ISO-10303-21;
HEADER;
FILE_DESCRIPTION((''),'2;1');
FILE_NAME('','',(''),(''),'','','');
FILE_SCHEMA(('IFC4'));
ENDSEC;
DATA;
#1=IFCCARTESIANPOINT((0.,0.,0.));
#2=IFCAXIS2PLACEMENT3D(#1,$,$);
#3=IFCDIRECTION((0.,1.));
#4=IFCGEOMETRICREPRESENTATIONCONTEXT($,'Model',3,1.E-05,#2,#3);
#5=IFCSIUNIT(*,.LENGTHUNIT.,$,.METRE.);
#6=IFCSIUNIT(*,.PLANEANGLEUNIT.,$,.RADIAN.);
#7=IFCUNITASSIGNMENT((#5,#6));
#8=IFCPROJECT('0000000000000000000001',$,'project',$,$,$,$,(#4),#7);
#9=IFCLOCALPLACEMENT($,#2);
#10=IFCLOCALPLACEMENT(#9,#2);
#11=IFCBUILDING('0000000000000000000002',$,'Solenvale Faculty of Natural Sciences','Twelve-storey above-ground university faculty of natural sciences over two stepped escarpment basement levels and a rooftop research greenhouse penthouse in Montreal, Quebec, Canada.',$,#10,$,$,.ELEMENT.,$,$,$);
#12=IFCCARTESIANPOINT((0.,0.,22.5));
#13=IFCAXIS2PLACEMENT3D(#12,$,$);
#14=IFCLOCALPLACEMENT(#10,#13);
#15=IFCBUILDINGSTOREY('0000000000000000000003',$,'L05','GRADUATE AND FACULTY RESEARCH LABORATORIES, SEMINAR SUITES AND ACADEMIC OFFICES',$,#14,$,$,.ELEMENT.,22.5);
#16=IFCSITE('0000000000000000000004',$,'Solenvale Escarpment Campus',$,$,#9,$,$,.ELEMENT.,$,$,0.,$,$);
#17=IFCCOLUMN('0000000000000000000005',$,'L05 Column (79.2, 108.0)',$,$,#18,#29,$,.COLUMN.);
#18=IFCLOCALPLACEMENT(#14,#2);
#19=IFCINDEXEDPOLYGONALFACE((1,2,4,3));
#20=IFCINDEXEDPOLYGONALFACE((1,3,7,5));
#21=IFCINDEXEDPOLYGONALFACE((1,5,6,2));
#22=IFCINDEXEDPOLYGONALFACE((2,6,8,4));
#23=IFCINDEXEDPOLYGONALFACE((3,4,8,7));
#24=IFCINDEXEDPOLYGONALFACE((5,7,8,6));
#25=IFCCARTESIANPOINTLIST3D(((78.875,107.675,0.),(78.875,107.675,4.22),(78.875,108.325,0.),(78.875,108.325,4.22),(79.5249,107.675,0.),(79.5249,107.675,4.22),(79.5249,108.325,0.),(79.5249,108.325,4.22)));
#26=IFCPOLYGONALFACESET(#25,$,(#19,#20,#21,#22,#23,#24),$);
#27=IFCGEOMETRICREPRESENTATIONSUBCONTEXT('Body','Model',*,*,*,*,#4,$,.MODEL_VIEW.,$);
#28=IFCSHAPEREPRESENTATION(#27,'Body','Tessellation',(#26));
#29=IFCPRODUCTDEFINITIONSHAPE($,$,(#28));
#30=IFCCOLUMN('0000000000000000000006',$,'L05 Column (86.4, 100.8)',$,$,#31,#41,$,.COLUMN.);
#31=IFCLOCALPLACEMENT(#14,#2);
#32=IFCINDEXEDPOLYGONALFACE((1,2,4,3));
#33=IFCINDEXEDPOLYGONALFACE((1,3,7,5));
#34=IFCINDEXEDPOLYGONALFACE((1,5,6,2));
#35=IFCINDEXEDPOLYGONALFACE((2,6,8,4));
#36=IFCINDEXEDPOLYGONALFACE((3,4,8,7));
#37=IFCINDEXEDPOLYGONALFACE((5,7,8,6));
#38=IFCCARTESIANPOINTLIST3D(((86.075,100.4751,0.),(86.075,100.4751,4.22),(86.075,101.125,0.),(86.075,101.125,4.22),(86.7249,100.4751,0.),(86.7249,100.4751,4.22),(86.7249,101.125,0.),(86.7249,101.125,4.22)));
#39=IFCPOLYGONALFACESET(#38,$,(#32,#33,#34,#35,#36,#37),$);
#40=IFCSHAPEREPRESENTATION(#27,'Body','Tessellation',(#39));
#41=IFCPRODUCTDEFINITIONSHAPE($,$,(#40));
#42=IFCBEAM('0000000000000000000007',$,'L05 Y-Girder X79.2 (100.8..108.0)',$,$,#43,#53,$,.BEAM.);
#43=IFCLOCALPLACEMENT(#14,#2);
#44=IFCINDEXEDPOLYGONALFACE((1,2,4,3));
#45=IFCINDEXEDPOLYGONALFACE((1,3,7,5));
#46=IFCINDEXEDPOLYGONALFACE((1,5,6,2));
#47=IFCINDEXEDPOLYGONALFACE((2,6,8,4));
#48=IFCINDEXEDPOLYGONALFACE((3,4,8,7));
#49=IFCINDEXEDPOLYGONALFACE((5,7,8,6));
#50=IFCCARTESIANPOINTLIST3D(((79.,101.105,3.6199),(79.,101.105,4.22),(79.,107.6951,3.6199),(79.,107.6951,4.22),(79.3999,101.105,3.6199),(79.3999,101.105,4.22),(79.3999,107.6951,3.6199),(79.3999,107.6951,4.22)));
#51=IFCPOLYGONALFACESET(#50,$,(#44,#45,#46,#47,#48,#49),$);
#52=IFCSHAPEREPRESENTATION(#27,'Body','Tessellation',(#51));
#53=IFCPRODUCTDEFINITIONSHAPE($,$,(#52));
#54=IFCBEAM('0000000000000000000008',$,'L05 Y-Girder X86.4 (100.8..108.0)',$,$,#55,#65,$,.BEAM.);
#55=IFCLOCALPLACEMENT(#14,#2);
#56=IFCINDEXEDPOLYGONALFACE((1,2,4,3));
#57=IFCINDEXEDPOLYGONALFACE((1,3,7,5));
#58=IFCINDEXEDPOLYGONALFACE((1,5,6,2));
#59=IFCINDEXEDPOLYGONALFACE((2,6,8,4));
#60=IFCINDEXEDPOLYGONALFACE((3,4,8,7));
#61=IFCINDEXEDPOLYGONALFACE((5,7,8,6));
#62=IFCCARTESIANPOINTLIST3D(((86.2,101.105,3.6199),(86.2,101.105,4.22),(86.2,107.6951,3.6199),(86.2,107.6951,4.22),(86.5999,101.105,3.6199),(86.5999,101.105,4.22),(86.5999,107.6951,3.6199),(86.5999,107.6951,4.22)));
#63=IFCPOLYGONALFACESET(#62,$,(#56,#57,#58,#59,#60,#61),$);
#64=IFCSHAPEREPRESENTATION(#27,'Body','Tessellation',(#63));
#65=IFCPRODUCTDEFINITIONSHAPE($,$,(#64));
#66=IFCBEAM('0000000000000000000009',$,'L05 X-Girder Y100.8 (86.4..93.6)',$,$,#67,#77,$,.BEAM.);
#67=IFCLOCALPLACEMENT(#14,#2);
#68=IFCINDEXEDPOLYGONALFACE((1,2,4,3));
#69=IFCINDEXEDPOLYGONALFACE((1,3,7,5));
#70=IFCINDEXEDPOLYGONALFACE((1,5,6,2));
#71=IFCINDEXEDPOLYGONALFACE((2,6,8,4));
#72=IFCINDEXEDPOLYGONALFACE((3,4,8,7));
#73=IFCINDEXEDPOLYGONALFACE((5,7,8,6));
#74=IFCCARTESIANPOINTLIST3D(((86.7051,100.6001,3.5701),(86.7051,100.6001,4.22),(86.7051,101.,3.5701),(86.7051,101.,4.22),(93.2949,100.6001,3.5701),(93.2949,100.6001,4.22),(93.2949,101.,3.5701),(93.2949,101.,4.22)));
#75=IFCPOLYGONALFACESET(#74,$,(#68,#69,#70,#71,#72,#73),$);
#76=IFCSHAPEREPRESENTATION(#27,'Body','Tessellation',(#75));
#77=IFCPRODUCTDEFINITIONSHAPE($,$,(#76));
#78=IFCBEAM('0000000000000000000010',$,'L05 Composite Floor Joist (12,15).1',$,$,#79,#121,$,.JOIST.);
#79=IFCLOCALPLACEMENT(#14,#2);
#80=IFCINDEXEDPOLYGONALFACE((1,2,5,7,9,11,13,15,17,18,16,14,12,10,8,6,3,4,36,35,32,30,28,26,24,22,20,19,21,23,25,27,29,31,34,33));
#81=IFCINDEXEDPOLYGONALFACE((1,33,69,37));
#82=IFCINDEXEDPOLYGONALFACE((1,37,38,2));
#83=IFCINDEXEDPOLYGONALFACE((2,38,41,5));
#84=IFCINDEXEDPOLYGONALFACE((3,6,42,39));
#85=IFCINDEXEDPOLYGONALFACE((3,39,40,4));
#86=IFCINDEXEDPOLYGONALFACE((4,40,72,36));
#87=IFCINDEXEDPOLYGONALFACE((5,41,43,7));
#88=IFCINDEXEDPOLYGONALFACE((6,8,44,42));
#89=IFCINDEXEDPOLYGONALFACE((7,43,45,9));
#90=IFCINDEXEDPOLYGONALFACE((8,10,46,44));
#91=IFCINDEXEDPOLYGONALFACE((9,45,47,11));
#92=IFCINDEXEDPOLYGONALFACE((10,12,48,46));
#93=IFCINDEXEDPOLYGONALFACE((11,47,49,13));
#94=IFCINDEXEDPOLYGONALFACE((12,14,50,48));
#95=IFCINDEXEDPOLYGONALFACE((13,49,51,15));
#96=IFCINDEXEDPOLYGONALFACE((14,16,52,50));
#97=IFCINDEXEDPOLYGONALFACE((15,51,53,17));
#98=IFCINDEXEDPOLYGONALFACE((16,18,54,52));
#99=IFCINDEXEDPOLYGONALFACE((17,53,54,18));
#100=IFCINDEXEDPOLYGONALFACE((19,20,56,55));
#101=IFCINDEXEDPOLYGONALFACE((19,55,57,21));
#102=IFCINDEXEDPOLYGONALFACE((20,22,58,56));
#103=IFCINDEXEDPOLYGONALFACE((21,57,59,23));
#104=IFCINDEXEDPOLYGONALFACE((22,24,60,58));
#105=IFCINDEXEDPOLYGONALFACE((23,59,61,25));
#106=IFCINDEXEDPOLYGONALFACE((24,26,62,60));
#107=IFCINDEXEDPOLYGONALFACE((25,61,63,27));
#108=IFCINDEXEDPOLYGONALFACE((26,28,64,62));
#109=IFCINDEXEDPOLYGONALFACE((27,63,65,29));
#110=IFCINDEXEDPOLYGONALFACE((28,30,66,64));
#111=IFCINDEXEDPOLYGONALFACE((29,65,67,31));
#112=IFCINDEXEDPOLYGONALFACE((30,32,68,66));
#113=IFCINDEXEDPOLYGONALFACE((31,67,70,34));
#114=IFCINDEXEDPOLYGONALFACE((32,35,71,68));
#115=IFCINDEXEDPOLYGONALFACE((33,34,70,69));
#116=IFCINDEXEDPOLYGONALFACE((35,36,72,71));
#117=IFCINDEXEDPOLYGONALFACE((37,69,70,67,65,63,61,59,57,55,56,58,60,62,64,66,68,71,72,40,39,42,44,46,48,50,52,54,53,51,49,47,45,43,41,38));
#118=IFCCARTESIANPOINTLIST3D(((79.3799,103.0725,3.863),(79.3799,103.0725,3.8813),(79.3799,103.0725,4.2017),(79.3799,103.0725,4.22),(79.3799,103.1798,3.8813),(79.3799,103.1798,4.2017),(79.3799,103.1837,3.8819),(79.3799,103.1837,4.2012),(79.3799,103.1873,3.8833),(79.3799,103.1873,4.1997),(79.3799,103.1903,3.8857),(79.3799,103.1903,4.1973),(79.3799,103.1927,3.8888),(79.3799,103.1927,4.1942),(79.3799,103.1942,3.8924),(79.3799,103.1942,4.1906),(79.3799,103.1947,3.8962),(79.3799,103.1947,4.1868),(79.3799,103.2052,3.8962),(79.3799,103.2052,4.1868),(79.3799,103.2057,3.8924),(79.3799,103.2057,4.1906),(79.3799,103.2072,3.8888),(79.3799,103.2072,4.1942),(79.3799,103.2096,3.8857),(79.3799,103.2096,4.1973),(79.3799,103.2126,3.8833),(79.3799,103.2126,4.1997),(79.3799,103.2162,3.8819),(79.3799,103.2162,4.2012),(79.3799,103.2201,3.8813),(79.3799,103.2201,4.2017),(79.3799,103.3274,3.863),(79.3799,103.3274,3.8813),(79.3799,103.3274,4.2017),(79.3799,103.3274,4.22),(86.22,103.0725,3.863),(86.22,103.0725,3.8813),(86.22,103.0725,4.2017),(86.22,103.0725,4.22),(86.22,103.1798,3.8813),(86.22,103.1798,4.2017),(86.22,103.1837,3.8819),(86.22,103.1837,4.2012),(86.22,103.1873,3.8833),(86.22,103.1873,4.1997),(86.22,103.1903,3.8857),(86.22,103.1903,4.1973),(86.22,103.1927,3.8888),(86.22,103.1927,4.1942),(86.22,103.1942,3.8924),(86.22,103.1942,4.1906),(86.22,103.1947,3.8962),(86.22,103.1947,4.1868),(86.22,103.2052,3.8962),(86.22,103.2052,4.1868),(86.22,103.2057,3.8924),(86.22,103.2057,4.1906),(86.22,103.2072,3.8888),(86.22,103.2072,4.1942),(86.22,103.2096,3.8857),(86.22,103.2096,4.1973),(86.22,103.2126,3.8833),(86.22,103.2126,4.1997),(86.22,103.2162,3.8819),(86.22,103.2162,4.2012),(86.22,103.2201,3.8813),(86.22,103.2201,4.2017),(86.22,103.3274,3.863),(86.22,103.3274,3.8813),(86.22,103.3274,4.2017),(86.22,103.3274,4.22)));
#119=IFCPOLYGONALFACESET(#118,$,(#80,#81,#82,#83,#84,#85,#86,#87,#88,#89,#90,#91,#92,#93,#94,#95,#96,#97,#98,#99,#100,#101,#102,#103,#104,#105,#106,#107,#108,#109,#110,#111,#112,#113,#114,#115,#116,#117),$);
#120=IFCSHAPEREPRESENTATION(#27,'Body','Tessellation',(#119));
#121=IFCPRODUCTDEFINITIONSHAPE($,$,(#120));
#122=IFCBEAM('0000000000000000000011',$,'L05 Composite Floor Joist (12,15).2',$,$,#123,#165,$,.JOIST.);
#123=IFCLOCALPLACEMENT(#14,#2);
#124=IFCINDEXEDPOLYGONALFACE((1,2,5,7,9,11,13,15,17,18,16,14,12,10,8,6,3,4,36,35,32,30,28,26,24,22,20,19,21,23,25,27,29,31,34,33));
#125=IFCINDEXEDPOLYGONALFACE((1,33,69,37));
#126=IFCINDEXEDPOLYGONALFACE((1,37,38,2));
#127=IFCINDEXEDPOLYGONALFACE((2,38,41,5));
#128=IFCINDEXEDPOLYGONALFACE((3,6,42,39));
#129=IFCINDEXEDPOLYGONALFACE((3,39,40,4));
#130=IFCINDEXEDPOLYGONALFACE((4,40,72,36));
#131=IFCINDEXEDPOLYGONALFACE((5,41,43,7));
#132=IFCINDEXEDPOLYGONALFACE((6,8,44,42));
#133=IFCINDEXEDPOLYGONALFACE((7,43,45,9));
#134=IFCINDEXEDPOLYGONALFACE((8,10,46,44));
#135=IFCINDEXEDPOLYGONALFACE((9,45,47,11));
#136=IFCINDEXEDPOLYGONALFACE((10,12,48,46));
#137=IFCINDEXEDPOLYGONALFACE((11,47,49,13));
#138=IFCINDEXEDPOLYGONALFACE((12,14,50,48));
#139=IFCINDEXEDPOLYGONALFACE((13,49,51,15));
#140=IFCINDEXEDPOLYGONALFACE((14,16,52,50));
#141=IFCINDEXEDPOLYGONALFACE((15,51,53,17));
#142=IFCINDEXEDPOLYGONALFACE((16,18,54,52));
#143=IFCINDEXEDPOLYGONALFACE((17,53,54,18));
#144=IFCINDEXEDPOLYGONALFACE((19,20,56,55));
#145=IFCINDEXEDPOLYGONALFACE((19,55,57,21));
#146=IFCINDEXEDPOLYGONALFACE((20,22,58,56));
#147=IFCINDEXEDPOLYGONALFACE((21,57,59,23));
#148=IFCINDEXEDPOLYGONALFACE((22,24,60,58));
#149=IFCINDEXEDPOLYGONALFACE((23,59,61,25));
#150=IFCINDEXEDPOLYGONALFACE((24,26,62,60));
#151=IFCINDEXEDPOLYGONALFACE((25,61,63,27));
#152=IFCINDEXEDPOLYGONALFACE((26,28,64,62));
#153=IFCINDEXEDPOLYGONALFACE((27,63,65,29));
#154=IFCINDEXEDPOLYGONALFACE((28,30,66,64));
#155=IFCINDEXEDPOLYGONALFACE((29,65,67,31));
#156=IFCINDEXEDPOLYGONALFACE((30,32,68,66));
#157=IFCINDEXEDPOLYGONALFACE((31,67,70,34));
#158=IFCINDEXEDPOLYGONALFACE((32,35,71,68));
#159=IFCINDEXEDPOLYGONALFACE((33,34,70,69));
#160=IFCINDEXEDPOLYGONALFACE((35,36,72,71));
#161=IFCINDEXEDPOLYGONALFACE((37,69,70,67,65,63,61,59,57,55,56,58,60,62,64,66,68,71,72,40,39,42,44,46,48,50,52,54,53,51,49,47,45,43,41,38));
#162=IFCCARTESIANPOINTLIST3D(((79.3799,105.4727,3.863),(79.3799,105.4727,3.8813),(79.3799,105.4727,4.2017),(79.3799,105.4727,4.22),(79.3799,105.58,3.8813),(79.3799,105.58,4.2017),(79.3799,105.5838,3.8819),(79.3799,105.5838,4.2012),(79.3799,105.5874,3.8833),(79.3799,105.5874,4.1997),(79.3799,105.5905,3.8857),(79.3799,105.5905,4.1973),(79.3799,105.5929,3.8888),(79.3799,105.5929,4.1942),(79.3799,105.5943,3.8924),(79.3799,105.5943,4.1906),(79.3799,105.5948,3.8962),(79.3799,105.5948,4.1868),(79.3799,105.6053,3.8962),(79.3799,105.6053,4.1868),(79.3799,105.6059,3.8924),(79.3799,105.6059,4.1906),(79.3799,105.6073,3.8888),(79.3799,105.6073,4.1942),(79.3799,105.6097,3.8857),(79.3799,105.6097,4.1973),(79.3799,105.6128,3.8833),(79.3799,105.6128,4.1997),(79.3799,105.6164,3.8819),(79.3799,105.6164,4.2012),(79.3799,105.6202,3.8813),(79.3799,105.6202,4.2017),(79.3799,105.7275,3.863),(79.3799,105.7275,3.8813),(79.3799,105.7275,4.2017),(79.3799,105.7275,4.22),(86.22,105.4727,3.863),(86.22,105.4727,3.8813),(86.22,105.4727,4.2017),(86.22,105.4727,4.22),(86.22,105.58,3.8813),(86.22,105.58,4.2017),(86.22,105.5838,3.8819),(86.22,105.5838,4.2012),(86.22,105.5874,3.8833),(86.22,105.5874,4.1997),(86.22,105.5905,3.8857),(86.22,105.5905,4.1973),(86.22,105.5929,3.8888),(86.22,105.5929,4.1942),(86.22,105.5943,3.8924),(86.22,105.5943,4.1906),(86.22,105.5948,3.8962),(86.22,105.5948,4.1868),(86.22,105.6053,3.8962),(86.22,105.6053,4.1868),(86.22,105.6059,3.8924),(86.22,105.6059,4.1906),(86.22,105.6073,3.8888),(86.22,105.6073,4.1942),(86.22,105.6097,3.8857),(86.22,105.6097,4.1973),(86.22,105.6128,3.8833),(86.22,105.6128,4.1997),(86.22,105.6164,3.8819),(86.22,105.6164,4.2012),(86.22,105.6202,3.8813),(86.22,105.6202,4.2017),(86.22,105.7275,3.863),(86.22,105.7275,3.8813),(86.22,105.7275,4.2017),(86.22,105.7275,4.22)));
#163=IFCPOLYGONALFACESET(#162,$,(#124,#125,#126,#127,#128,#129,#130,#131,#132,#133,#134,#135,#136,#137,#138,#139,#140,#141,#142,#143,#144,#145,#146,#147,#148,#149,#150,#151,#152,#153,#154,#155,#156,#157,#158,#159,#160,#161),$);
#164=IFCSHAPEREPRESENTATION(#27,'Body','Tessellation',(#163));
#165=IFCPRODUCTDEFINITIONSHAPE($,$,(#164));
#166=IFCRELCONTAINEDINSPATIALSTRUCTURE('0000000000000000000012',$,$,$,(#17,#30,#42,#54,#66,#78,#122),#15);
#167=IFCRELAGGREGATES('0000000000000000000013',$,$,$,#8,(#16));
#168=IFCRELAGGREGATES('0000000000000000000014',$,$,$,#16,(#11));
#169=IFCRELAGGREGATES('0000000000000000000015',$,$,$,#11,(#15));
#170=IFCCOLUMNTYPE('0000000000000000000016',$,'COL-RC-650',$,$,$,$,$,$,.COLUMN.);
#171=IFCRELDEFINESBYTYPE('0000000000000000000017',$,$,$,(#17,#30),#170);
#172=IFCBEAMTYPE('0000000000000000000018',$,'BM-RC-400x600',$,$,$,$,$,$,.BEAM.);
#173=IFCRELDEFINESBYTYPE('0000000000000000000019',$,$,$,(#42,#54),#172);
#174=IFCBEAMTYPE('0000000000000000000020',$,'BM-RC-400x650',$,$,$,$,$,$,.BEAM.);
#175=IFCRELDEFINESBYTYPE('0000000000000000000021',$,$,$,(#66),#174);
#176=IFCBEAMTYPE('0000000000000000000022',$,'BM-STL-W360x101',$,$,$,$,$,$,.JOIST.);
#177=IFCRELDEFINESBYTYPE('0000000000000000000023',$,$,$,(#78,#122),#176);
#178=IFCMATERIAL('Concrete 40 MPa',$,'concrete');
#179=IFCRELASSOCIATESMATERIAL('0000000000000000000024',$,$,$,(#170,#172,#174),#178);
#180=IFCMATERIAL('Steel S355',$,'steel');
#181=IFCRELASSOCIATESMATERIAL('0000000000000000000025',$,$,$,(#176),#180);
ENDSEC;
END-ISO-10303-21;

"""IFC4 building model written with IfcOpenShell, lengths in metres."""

from ifc_helpers import new_model, si_unit, direction, frame, origin, origin_2d, place, context, subcontext, project, spatial, rectangle, i_section, extrude, material, material_profile, profile_set, type_object, element, save


model = new_model("IFC4")

# Units and contexts
model_context = context("Model", 3, precision=1e-05, world=origin(), true_north=direction((0.0, 1.0)))
body_context = subcontext(model_context, "Body", "Model", "MODEL_VIEW")
ifc_project = project(units=[si_unit("LENGTHUNIT", "METRE"), si_unit("PLANEANGLEUNIT", "RADIAN")], contexts=[model_context])

# Site, building, storey
site_placement = place(None, origin())
site = spatial("IfcSite", under=ifc_project, at=site_placement, Name="Solenvale Escarpment Campus", CompositionType="ELEMENT", RefElevation=0.0)
building_placement = place(site_placement, origin())
building = spatial("IfcBuilding", under=site, at=building_placement, Name="Solenvale Faculty of Natural Sciences", Description="Twelve-storey above-ground university faculty of natural sciences over two stepped escarpment basement levels and a rooftop research greenhouse penthouse in Montreal, Quebec, Canada.", CompositionType="ELEMENT")
storey_placement = place(building_placement, frame((0.0, 0.0, 22.5)))
storey = spatial("IfcBuildingStorey", under=building, at=storey_placement, Name="L05", Description="GRADUATE AND FACULTY RESEARCH LABORATORIES, SEMINAR SUITES AND ACADEMIC OFFICES", CompositionType="ELEMENT", Elevation=22.5)

# Columns
ifc_material_1 = material(Name="Concrete 40 MPa", Category="concrete")
ifc_material_profile_1 = material_profile(ifc_material_1, rectangle(XDim=0.6499, YDim=0.6499, at=origin_2d()), Name="RC-COL-650x650")
ifc_profile_set_1 = profile_set([ifc_material_profile_1], Name="Concrete 40 MPa")
column_type = type_object("IfcColumnType", Name="COL-RC-650", PredefinedType="COLUMN", material=ifc_profile_set_1)
for number, where, z_axis, x_axis, name in (
    (1, (79.2, 108.0, 0.0), (0.0, 0.0, 1.0), (1.0, 0.0, 0.0), "L05 Column (79.2, 108.0)"),
    (2, (86.3999, 100.8, 0.0), (0.0, 0.0, 1.0), (1.0, 0.0, 0.0), "L05 Column (86.4, 100.8)"),
):
    element("IfcColumn", number, at=place(storey_placement, frame(where, z_axis=z_axis, x_axis=x_axis)), inside=storey, type_object=column_type, Name=name, PredefinedType="COLUMN", context=body_context, shape_type="SweptSolid", body=[
        extrude(rectangle(XDim=0.6499, YDim=0.6499, at=origin_2d()), origin(), (0.0, 0.0, 1.0), 4.22),
    ])

# Beams
ifc_material_profile_2 = material_profile(ifc_material_1, rectangle(XDim=0.3999, YDim=0.6001, at=origin_2d()), Name="RC-BM-400x600")
ifc_profile_set_2 = profile_set([ifc_material_profile_2], Name="Concrete 40 MPa")
beam_type_1 = type_object("IfcBeamType", Name="BM-RC-400x600", PredefinedType="BEAM", material=ifc_profile_set_2)
for number, where, z_axis, x_axis, name in (
    (3, (79.2, 101.105, 3.9199), (0.0, 1.0, 0.0), (-1.0, 0.0, 0.0), "L05 Y-Girder X79.2 (100.8..108.0)"),
    (4, (86.3999, 101.105, 3.9199), (0.0, 1.0, 0.0), (-1.0, 0.0, 0.0), "L05 Y-Girder X86.4 (100.8..108.0)"),
):
    element("IfcBeam", number, at=place(storey_placement, frame(where, z_axis=z_axis, x_axis=x_axis)), inside=storey, type_object=beam_type_1, Name=name, PredefinedType="BEAM", context=body_context, shape_type="SweptSolid", body=[
        extrude(rectangle(XDim=0.3999, YDim=0.6001, at=origin_2d()), origin(), (0.0, 0.0, 1.0), 6.5901),
    ])
ifc_material_profile_3 = material_profile(ifc_material_1, rectangle(XDim=0.3999, YDim=0.6499, at=origin_2d()), Name="RC-BM-400x650")
ifc_profile_set_3 = profile_set([ifc_material_profile_3], Name="Concrete 40 MPa")
beam_type_2 = type_object("IfcBeamType", Name="BM-RC-400x650", PredefinedType="BEAM", material=ifc_profile_set_3)
beam_placement = place(storey_placement, frame((86.7051, 100.8, 3.895), z_axis=(1.0, 0.0, 0.0), x_axis=(0.0, 1.0, 0.0)))
element("IfcBeam", 5, at=beam_placement, inside=storey, type_object=beam_type_2, Name="L05 X-Girder Y100.8 (86.4..93.6)", PredefinedType="BEAM", context=body_context, shape_type="SweptSolid", body=[
    extrude(rectangle(XDim=0.3999, YDim=0.6499, at=origin_2d()), origin(), (0.0, 0.0, 1.0), 6.5898),
])
ifc_material_2 = material(Name="Steel S355", Category="steel")
ifc_material_profile_4 = material_profile(ifc_material_2, i_section(OverallWidth=0.2549, OverallDepth=0.3569, WebThickness=0.0105, FlangeThickness=0.0183, FilletRadius=0.0149, at=origin_2d()), Name="W360x101")
ifc_profile_set_4 = profile_set([ifc_material_profile_4], Name="Steel S355")
beam_type_3 = type_object("IfcBeamType", Name="BM-STL-W360x101", PredefinedType="JOIST", material=ifc_profile_set_4)
for number, where, z_axis, x_axis, name in (
    (6, (79.3799, 103.2, 4.0415), (1.0, 0.0, 0.0), (0.0, 1.0, 0.0), "L05 Composite Floor Joist (12,15).1"),
    (7, (79.3799, 105.6001, 4.0415), (1.0, 0.0, 0.0), (0.0, 1.0, 0.0), "L05 Composite Floor Joist (12,15).2"),
):
    element("IfcBeam", number, at=place(storey_placement, frame(where, z_axis=z_axis, x_axis=x_axis)), inside=storey, type_object=beam_type_3, Name=name, PredefinedType="JOIST", context=body_context, shape_type="SweptSolid", body=[
        extrude(i_section(OverallWidth=0.2549, OverallDepth=0.3569, WebThickness=0.0105, FlangeThickness=0.0183, FilletRadius=0.0149, at=origin_2d()), origin(), (0.0, 0.0, 1.0), 6.8401),
    ])

save(model, "model.ifc")
